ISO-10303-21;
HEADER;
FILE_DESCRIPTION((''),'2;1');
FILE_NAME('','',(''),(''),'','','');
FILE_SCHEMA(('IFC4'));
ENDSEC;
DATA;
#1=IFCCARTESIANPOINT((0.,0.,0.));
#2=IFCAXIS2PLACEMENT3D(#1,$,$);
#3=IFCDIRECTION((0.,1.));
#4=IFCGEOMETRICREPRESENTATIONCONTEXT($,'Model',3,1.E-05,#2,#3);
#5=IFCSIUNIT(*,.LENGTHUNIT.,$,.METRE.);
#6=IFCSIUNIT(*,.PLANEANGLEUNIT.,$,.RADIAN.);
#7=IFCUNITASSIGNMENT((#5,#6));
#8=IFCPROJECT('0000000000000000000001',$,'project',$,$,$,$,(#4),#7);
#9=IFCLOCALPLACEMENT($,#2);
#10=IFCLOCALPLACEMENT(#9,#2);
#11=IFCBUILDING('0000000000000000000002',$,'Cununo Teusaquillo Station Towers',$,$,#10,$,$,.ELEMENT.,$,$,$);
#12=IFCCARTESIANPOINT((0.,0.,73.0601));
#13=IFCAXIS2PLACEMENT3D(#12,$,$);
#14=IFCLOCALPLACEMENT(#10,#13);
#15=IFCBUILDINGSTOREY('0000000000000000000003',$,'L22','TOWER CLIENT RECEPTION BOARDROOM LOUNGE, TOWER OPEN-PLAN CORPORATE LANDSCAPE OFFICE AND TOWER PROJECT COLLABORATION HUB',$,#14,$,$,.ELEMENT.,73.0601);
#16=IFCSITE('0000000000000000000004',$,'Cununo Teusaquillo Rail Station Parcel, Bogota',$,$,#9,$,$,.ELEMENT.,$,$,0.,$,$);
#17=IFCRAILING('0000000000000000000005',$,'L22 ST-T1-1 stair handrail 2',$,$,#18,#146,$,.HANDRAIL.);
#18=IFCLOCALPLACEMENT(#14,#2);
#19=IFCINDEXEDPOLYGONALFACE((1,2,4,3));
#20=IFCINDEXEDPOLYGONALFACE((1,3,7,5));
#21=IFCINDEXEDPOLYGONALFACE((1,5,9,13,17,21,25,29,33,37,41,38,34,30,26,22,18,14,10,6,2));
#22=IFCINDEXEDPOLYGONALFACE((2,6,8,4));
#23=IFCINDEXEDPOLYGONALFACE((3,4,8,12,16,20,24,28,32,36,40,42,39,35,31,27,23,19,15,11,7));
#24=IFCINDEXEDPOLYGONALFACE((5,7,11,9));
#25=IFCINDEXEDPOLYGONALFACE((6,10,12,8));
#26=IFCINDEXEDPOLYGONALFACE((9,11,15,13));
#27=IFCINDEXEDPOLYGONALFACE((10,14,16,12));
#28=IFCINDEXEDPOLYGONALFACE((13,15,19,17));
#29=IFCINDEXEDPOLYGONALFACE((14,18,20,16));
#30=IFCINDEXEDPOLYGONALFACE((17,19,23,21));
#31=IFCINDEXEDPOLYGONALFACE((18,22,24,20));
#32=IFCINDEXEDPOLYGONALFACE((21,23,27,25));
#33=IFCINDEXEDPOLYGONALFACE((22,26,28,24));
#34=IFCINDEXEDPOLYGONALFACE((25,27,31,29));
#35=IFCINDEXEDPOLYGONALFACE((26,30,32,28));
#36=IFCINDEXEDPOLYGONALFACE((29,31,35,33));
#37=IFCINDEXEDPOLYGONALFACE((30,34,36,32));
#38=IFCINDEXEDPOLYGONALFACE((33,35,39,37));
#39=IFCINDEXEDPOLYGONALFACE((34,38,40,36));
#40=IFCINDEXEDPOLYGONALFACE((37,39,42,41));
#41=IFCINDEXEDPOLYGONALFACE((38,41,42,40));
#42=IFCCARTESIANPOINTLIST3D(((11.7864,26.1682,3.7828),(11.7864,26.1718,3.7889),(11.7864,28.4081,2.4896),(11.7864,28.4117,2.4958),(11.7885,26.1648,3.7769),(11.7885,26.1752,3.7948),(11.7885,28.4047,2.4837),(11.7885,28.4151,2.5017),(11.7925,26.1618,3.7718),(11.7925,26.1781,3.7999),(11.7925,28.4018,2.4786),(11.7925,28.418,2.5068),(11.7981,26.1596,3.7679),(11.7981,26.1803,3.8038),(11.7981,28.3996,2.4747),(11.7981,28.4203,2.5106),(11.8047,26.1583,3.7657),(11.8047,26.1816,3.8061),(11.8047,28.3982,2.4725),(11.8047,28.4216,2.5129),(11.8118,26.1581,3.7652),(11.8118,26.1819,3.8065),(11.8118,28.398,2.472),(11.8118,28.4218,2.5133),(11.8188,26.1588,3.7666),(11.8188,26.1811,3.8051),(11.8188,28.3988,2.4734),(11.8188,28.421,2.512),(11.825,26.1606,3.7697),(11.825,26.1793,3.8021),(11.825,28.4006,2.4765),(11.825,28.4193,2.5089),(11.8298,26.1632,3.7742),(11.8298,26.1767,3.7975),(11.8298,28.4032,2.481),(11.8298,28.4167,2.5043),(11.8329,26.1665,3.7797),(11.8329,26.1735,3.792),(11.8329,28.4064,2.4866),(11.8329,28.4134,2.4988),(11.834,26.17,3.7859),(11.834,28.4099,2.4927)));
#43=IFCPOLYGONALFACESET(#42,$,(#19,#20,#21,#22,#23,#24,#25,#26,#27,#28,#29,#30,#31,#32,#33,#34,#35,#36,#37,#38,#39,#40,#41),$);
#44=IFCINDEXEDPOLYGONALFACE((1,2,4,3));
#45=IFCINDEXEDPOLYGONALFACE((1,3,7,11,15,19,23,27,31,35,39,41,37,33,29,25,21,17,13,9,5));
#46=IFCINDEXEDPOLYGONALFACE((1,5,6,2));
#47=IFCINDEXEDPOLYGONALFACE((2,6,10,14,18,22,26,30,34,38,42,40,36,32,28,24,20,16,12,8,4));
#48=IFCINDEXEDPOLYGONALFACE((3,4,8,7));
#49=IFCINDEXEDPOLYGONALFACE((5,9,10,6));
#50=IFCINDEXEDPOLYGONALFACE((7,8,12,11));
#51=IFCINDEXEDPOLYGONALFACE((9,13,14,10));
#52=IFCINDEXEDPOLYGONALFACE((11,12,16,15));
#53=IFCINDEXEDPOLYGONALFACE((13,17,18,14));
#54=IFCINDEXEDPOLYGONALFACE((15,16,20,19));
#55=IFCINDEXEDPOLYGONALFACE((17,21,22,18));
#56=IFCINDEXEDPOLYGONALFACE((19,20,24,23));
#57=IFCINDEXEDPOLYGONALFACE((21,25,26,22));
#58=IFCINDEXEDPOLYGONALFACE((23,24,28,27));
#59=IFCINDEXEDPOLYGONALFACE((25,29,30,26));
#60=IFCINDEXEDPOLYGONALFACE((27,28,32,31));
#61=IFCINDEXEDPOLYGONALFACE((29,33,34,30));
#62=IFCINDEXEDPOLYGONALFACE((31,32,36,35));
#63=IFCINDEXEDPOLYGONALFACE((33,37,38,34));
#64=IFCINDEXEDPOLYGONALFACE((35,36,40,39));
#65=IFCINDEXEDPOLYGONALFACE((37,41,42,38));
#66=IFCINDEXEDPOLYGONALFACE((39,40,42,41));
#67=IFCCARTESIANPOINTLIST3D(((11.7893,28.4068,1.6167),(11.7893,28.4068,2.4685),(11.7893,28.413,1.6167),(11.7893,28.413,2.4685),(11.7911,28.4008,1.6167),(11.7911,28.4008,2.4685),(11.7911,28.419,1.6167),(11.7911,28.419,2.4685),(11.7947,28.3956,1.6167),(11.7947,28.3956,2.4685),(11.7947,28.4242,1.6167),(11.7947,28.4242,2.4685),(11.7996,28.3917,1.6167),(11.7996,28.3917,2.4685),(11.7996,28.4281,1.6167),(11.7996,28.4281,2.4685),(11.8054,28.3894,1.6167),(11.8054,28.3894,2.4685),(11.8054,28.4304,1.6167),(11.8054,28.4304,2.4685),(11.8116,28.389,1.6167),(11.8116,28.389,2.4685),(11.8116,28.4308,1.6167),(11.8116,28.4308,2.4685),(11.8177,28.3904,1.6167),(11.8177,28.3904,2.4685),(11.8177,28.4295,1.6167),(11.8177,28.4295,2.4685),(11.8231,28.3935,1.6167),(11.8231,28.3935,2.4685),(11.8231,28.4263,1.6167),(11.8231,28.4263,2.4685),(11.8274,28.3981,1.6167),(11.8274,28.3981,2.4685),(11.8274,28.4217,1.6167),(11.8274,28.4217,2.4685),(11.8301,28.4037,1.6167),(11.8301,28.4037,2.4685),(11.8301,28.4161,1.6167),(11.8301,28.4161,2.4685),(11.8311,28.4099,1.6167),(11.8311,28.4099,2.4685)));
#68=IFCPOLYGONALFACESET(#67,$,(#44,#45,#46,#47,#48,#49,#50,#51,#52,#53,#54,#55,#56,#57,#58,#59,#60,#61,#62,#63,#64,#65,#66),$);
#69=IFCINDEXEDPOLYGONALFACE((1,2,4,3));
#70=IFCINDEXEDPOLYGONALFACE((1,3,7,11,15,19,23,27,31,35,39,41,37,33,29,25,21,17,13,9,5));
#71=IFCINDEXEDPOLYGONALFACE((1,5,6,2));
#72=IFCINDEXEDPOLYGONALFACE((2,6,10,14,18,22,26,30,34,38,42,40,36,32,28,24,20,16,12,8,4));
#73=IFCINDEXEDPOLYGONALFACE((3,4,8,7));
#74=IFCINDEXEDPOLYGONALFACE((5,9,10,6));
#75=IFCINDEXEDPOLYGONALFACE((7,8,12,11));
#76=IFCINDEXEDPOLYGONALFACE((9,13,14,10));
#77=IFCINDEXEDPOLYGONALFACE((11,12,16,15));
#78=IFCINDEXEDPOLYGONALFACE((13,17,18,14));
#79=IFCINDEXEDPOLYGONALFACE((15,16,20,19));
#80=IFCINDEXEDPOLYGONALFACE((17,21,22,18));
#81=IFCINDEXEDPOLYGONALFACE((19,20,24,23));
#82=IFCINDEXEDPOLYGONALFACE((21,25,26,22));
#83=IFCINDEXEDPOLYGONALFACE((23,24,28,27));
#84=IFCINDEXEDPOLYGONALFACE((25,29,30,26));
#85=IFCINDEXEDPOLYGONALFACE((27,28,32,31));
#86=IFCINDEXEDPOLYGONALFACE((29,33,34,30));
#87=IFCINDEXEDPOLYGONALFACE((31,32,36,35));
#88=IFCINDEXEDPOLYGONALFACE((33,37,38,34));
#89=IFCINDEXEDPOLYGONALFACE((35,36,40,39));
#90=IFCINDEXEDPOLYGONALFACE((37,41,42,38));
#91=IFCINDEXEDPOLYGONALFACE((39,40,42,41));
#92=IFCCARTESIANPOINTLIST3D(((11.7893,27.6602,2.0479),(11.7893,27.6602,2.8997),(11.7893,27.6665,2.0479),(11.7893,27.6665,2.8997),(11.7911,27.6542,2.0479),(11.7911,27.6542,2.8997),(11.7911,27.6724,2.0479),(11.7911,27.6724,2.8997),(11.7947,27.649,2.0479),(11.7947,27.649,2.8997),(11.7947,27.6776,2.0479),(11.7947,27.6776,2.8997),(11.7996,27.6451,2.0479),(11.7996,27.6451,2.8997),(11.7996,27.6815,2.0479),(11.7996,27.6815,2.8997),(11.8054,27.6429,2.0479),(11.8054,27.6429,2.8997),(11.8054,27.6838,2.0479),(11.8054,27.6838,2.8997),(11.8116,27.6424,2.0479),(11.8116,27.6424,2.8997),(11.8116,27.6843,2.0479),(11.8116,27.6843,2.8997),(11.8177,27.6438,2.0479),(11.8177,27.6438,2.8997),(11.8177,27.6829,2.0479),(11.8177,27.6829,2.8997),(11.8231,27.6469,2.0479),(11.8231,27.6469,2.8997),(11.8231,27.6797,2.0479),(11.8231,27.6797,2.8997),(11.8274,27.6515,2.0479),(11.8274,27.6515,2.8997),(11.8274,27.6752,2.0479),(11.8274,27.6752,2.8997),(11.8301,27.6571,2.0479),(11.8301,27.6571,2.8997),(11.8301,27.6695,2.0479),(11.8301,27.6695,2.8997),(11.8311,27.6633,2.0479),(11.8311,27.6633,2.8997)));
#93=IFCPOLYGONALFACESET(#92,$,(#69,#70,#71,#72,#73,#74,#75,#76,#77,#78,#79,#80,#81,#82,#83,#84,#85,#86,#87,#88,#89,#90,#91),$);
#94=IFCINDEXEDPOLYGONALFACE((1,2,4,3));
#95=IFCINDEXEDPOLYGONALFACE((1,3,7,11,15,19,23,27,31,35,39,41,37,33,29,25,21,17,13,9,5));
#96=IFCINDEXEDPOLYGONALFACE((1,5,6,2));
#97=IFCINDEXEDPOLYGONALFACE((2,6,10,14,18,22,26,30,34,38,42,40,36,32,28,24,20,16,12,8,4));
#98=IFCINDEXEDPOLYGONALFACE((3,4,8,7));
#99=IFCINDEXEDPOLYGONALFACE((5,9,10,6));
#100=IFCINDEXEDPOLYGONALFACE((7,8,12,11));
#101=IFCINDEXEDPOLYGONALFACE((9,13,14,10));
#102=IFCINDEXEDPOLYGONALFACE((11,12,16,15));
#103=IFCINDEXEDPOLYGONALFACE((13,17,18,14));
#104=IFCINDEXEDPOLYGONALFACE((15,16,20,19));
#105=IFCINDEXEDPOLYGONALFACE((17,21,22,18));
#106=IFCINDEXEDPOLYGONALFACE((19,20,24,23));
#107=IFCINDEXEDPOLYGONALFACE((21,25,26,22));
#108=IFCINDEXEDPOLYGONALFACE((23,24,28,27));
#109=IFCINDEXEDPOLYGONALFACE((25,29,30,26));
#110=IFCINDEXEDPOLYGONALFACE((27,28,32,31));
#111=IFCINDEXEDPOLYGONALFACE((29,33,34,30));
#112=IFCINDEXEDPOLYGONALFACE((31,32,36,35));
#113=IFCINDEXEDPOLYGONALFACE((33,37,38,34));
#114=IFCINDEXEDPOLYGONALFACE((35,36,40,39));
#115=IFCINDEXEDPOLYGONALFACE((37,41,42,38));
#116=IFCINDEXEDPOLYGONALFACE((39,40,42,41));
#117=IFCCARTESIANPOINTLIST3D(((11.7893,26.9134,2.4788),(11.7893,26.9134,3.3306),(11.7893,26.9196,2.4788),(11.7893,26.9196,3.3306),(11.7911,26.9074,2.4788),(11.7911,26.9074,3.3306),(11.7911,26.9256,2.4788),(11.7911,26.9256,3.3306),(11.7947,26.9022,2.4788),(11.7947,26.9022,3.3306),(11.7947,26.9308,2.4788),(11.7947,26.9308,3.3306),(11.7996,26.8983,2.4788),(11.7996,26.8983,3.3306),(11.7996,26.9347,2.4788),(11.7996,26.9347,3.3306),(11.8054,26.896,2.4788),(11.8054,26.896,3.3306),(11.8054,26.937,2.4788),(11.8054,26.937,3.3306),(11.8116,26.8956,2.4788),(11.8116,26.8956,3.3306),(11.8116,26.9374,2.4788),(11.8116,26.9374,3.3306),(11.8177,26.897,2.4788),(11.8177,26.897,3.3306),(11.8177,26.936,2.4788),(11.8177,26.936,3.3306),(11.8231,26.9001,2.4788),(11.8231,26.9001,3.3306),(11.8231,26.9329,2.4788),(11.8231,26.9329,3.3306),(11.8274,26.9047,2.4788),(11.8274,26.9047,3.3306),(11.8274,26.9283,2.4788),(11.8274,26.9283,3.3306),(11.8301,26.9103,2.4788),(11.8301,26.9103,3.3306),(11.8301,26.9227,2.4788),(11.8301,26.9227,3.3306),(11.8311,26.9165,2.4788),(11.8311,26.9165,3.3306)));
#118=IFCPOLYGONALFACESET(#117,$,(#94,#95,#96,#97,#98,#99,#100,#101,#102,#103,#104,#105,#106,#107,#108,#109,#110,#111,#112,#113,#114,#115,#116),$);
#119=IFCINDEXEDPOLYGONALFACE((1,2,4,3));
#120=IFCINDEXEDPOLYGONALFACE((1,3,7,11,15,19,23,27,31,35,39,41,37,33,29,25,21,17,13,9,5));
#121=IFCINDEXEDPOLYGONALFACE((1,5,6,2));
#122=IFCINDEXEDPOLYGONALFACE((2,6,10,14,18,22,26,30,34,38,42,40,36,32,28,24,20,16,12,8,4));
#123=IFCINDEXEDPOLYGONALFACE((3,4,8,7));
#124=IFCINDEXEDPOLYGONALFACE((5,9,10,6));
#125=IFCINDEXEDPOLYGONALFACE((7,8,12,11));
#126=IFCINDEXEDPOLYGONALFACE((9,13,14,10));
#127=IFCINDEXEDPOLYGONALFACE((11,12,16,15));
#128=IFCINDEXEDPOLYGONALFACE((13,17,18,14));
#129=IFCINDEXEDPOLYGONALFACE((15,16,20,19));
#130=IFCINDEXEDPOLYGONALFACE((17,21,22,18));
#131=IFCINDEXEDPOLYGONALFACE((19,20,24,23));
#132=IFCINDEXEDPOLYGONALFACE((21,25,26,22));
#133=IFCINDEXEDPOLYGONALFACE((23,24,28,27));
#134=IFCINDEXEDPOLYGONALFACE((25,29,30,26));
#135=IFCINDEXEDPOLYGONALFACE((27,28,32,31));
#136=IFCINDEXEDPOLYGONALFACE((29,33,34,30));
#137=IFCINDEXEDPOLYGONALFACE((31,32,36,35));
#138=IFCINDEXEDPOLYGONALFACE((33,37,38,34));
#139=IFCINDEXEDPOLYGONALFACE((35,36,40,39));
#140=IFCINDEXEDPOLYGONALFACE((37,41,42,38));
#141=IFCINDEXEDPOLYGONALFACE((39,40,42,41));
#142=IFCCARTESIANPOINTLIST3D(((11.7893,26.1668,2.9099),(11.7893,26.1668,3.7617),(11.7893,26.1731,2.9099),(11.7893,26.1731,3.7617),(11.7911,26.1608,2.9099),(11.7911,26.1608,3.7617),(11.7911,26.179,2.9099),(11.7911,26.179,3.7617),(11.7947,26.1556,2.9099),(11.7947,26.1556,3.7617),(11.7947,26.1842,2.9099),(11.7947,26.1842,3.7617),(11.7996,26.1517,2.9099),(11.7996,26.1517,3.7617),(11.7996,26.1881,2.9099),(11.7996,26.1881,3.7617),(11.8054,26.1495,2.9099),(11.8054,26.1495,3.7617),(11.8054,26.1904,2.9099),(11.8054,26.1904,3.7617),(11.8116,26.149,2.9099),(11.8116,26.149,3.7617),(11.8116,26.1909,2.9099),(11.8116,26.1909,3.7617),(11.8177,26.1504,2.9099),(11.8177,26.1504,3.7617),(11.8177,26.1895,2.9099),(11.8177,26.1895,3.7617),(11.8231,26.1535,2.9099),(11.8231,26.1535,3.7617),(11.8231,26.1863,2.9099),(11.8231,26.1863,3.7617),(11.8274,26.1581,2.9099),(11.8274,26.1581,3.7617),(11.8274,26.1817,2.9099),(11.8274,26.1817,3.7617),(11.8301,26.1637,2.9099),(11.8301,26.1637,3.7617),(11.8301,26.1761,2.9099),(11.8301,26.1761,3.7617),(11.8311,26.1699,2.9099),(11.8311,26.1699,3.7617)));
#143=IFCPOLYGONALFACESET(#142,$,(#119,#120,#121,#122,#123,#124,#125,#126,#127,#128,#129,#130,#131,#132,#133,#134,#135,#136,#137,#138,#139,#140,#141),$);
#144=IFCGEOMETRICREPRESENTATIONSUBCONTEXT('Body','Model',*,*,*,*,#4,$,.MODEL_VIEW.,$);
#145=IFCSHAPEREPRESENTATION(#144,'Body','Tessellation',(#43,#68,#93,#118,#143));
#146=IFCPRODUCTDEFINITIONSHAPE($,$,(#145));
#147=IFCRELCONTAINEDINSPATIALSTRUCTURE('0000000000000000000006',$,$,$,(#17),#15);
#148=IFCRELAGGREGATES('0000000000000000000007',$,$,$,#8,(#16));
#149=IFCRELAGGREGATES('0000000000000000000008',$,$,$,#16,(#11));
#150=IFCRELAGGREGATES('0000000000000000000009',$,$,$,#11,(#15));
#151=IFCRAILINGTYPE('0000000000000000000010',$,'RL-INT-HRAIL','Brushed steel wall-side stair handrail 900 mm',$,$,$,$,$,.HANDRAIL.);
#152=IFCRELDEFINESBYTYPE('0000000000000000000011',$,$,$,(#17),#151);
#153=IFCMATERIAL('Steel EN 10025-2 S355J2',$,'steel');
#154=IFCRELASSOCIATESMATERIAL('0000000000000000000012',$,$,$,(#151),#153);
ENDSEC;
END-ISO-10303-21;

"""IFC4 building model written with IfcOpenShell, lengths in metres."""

from ifc_helpers import new_model, si_unit, direction, frame, origin, origin_2d, place, context, subcontext, project, spatial, circle, extrude, material, type_object, element, save


model = new_model("IFC4")

# Units and contexts
model_context = context("Model", 3, precision=1e-05, world=origin(), true_north=direction((0.0, 1.0)))
body_context = subcontext(model_context, "Body", "Model", "MODEL_VIEW")
ifc_project = project(units=[si_unit("LENGTHUNIT", "METRE"), si_unit("PLANEANGLEUNIT", "RADIAN")], contexts=[model_context])

# Site, building, storey
site_placement = place(None, origin())
site = spatial("IfcSite", under=ifc_project, at=site_placement, Name="Cununo Teusaquillo Rail Station Parcel, Bogota", CompositionType="ELEMENT", RefElevation=0.0)
building_placement = place(site_placement, origin())
building = spatial("IfcBuilding", under=site, at=building_placement, Name="Cununo Teusaquillo Station Towers", CompositionType="ELEMENT")
storey_placement = place(building_placement, frame((0.0, 0.0, 73.0601)))
storey = spatial("IfcBuildingStorey", under=building, at=storey_placement, Name="L22", Description="TOWER CLIENT RECEPTION BOARDROOM LOUNGE, TOWER OPEN-PLAN CORPORATE LANDSCAPE OFFICE AND TOWER PROJECT COLLABORATION HUB", CompositionType="ELEMENT", Elevation=73.0601)

# Railing
ifc_material_1 = material(Name="Steel EN 10025-2 S355J2", Category="steel")
railing_type_1 = type_object("IfcRailingType", Name="RL-INT-HRAIL", Description="Brushed steel wall-side stair handrail 900 mm", PredefinedType="HANDRAIL", material=ifc_material_1)
railing_1_placement = place(storey_placement, frame((11.8101, 28.4099, 1.6167)))
element("IfcRailing", 1, at=railing_1_placement, inside=storey, type_object=railing_type_1, Name="L22 ST-T1-1 stair handrail 2", PredefinedType="HANDRAIL", context=body_context, shape_type="SweptSolid", body=[
    extrude(circle(Radius=0.0239, at=origin_2d()), frame((0.0, 0.0, 0.876), z_axis=(0.0, -0.866033, 0.499987), x_axis=(1.0, 0.0, 0.0)), (0.0, 0.0, 1.0), 2.5864),
    extrude(circle(Radius=0.021, at=origin_2d()), origin(), (0.0, 0.0, 1.0), 0.8518),
    extrude(circle(Radius=0.021, at=origin_2d()), frame((0.0, -0.7466, 0.4312)), (0.0, 0.0, 1.0), 0.8518),
    extrude(circle(Radius=0.021, at=origin_2d()), frame((0.0, -1.4934, 0.8621)), (0.0, 0.0, 1.0), 0.8518),
    extrude(circle(Radius=0.021, at=origin_2d()), frame((0.0, -2.24, 1.2932)), (0.0, 0.0, 1.0), 0.8518),
])

save(model, "model.ifc")
